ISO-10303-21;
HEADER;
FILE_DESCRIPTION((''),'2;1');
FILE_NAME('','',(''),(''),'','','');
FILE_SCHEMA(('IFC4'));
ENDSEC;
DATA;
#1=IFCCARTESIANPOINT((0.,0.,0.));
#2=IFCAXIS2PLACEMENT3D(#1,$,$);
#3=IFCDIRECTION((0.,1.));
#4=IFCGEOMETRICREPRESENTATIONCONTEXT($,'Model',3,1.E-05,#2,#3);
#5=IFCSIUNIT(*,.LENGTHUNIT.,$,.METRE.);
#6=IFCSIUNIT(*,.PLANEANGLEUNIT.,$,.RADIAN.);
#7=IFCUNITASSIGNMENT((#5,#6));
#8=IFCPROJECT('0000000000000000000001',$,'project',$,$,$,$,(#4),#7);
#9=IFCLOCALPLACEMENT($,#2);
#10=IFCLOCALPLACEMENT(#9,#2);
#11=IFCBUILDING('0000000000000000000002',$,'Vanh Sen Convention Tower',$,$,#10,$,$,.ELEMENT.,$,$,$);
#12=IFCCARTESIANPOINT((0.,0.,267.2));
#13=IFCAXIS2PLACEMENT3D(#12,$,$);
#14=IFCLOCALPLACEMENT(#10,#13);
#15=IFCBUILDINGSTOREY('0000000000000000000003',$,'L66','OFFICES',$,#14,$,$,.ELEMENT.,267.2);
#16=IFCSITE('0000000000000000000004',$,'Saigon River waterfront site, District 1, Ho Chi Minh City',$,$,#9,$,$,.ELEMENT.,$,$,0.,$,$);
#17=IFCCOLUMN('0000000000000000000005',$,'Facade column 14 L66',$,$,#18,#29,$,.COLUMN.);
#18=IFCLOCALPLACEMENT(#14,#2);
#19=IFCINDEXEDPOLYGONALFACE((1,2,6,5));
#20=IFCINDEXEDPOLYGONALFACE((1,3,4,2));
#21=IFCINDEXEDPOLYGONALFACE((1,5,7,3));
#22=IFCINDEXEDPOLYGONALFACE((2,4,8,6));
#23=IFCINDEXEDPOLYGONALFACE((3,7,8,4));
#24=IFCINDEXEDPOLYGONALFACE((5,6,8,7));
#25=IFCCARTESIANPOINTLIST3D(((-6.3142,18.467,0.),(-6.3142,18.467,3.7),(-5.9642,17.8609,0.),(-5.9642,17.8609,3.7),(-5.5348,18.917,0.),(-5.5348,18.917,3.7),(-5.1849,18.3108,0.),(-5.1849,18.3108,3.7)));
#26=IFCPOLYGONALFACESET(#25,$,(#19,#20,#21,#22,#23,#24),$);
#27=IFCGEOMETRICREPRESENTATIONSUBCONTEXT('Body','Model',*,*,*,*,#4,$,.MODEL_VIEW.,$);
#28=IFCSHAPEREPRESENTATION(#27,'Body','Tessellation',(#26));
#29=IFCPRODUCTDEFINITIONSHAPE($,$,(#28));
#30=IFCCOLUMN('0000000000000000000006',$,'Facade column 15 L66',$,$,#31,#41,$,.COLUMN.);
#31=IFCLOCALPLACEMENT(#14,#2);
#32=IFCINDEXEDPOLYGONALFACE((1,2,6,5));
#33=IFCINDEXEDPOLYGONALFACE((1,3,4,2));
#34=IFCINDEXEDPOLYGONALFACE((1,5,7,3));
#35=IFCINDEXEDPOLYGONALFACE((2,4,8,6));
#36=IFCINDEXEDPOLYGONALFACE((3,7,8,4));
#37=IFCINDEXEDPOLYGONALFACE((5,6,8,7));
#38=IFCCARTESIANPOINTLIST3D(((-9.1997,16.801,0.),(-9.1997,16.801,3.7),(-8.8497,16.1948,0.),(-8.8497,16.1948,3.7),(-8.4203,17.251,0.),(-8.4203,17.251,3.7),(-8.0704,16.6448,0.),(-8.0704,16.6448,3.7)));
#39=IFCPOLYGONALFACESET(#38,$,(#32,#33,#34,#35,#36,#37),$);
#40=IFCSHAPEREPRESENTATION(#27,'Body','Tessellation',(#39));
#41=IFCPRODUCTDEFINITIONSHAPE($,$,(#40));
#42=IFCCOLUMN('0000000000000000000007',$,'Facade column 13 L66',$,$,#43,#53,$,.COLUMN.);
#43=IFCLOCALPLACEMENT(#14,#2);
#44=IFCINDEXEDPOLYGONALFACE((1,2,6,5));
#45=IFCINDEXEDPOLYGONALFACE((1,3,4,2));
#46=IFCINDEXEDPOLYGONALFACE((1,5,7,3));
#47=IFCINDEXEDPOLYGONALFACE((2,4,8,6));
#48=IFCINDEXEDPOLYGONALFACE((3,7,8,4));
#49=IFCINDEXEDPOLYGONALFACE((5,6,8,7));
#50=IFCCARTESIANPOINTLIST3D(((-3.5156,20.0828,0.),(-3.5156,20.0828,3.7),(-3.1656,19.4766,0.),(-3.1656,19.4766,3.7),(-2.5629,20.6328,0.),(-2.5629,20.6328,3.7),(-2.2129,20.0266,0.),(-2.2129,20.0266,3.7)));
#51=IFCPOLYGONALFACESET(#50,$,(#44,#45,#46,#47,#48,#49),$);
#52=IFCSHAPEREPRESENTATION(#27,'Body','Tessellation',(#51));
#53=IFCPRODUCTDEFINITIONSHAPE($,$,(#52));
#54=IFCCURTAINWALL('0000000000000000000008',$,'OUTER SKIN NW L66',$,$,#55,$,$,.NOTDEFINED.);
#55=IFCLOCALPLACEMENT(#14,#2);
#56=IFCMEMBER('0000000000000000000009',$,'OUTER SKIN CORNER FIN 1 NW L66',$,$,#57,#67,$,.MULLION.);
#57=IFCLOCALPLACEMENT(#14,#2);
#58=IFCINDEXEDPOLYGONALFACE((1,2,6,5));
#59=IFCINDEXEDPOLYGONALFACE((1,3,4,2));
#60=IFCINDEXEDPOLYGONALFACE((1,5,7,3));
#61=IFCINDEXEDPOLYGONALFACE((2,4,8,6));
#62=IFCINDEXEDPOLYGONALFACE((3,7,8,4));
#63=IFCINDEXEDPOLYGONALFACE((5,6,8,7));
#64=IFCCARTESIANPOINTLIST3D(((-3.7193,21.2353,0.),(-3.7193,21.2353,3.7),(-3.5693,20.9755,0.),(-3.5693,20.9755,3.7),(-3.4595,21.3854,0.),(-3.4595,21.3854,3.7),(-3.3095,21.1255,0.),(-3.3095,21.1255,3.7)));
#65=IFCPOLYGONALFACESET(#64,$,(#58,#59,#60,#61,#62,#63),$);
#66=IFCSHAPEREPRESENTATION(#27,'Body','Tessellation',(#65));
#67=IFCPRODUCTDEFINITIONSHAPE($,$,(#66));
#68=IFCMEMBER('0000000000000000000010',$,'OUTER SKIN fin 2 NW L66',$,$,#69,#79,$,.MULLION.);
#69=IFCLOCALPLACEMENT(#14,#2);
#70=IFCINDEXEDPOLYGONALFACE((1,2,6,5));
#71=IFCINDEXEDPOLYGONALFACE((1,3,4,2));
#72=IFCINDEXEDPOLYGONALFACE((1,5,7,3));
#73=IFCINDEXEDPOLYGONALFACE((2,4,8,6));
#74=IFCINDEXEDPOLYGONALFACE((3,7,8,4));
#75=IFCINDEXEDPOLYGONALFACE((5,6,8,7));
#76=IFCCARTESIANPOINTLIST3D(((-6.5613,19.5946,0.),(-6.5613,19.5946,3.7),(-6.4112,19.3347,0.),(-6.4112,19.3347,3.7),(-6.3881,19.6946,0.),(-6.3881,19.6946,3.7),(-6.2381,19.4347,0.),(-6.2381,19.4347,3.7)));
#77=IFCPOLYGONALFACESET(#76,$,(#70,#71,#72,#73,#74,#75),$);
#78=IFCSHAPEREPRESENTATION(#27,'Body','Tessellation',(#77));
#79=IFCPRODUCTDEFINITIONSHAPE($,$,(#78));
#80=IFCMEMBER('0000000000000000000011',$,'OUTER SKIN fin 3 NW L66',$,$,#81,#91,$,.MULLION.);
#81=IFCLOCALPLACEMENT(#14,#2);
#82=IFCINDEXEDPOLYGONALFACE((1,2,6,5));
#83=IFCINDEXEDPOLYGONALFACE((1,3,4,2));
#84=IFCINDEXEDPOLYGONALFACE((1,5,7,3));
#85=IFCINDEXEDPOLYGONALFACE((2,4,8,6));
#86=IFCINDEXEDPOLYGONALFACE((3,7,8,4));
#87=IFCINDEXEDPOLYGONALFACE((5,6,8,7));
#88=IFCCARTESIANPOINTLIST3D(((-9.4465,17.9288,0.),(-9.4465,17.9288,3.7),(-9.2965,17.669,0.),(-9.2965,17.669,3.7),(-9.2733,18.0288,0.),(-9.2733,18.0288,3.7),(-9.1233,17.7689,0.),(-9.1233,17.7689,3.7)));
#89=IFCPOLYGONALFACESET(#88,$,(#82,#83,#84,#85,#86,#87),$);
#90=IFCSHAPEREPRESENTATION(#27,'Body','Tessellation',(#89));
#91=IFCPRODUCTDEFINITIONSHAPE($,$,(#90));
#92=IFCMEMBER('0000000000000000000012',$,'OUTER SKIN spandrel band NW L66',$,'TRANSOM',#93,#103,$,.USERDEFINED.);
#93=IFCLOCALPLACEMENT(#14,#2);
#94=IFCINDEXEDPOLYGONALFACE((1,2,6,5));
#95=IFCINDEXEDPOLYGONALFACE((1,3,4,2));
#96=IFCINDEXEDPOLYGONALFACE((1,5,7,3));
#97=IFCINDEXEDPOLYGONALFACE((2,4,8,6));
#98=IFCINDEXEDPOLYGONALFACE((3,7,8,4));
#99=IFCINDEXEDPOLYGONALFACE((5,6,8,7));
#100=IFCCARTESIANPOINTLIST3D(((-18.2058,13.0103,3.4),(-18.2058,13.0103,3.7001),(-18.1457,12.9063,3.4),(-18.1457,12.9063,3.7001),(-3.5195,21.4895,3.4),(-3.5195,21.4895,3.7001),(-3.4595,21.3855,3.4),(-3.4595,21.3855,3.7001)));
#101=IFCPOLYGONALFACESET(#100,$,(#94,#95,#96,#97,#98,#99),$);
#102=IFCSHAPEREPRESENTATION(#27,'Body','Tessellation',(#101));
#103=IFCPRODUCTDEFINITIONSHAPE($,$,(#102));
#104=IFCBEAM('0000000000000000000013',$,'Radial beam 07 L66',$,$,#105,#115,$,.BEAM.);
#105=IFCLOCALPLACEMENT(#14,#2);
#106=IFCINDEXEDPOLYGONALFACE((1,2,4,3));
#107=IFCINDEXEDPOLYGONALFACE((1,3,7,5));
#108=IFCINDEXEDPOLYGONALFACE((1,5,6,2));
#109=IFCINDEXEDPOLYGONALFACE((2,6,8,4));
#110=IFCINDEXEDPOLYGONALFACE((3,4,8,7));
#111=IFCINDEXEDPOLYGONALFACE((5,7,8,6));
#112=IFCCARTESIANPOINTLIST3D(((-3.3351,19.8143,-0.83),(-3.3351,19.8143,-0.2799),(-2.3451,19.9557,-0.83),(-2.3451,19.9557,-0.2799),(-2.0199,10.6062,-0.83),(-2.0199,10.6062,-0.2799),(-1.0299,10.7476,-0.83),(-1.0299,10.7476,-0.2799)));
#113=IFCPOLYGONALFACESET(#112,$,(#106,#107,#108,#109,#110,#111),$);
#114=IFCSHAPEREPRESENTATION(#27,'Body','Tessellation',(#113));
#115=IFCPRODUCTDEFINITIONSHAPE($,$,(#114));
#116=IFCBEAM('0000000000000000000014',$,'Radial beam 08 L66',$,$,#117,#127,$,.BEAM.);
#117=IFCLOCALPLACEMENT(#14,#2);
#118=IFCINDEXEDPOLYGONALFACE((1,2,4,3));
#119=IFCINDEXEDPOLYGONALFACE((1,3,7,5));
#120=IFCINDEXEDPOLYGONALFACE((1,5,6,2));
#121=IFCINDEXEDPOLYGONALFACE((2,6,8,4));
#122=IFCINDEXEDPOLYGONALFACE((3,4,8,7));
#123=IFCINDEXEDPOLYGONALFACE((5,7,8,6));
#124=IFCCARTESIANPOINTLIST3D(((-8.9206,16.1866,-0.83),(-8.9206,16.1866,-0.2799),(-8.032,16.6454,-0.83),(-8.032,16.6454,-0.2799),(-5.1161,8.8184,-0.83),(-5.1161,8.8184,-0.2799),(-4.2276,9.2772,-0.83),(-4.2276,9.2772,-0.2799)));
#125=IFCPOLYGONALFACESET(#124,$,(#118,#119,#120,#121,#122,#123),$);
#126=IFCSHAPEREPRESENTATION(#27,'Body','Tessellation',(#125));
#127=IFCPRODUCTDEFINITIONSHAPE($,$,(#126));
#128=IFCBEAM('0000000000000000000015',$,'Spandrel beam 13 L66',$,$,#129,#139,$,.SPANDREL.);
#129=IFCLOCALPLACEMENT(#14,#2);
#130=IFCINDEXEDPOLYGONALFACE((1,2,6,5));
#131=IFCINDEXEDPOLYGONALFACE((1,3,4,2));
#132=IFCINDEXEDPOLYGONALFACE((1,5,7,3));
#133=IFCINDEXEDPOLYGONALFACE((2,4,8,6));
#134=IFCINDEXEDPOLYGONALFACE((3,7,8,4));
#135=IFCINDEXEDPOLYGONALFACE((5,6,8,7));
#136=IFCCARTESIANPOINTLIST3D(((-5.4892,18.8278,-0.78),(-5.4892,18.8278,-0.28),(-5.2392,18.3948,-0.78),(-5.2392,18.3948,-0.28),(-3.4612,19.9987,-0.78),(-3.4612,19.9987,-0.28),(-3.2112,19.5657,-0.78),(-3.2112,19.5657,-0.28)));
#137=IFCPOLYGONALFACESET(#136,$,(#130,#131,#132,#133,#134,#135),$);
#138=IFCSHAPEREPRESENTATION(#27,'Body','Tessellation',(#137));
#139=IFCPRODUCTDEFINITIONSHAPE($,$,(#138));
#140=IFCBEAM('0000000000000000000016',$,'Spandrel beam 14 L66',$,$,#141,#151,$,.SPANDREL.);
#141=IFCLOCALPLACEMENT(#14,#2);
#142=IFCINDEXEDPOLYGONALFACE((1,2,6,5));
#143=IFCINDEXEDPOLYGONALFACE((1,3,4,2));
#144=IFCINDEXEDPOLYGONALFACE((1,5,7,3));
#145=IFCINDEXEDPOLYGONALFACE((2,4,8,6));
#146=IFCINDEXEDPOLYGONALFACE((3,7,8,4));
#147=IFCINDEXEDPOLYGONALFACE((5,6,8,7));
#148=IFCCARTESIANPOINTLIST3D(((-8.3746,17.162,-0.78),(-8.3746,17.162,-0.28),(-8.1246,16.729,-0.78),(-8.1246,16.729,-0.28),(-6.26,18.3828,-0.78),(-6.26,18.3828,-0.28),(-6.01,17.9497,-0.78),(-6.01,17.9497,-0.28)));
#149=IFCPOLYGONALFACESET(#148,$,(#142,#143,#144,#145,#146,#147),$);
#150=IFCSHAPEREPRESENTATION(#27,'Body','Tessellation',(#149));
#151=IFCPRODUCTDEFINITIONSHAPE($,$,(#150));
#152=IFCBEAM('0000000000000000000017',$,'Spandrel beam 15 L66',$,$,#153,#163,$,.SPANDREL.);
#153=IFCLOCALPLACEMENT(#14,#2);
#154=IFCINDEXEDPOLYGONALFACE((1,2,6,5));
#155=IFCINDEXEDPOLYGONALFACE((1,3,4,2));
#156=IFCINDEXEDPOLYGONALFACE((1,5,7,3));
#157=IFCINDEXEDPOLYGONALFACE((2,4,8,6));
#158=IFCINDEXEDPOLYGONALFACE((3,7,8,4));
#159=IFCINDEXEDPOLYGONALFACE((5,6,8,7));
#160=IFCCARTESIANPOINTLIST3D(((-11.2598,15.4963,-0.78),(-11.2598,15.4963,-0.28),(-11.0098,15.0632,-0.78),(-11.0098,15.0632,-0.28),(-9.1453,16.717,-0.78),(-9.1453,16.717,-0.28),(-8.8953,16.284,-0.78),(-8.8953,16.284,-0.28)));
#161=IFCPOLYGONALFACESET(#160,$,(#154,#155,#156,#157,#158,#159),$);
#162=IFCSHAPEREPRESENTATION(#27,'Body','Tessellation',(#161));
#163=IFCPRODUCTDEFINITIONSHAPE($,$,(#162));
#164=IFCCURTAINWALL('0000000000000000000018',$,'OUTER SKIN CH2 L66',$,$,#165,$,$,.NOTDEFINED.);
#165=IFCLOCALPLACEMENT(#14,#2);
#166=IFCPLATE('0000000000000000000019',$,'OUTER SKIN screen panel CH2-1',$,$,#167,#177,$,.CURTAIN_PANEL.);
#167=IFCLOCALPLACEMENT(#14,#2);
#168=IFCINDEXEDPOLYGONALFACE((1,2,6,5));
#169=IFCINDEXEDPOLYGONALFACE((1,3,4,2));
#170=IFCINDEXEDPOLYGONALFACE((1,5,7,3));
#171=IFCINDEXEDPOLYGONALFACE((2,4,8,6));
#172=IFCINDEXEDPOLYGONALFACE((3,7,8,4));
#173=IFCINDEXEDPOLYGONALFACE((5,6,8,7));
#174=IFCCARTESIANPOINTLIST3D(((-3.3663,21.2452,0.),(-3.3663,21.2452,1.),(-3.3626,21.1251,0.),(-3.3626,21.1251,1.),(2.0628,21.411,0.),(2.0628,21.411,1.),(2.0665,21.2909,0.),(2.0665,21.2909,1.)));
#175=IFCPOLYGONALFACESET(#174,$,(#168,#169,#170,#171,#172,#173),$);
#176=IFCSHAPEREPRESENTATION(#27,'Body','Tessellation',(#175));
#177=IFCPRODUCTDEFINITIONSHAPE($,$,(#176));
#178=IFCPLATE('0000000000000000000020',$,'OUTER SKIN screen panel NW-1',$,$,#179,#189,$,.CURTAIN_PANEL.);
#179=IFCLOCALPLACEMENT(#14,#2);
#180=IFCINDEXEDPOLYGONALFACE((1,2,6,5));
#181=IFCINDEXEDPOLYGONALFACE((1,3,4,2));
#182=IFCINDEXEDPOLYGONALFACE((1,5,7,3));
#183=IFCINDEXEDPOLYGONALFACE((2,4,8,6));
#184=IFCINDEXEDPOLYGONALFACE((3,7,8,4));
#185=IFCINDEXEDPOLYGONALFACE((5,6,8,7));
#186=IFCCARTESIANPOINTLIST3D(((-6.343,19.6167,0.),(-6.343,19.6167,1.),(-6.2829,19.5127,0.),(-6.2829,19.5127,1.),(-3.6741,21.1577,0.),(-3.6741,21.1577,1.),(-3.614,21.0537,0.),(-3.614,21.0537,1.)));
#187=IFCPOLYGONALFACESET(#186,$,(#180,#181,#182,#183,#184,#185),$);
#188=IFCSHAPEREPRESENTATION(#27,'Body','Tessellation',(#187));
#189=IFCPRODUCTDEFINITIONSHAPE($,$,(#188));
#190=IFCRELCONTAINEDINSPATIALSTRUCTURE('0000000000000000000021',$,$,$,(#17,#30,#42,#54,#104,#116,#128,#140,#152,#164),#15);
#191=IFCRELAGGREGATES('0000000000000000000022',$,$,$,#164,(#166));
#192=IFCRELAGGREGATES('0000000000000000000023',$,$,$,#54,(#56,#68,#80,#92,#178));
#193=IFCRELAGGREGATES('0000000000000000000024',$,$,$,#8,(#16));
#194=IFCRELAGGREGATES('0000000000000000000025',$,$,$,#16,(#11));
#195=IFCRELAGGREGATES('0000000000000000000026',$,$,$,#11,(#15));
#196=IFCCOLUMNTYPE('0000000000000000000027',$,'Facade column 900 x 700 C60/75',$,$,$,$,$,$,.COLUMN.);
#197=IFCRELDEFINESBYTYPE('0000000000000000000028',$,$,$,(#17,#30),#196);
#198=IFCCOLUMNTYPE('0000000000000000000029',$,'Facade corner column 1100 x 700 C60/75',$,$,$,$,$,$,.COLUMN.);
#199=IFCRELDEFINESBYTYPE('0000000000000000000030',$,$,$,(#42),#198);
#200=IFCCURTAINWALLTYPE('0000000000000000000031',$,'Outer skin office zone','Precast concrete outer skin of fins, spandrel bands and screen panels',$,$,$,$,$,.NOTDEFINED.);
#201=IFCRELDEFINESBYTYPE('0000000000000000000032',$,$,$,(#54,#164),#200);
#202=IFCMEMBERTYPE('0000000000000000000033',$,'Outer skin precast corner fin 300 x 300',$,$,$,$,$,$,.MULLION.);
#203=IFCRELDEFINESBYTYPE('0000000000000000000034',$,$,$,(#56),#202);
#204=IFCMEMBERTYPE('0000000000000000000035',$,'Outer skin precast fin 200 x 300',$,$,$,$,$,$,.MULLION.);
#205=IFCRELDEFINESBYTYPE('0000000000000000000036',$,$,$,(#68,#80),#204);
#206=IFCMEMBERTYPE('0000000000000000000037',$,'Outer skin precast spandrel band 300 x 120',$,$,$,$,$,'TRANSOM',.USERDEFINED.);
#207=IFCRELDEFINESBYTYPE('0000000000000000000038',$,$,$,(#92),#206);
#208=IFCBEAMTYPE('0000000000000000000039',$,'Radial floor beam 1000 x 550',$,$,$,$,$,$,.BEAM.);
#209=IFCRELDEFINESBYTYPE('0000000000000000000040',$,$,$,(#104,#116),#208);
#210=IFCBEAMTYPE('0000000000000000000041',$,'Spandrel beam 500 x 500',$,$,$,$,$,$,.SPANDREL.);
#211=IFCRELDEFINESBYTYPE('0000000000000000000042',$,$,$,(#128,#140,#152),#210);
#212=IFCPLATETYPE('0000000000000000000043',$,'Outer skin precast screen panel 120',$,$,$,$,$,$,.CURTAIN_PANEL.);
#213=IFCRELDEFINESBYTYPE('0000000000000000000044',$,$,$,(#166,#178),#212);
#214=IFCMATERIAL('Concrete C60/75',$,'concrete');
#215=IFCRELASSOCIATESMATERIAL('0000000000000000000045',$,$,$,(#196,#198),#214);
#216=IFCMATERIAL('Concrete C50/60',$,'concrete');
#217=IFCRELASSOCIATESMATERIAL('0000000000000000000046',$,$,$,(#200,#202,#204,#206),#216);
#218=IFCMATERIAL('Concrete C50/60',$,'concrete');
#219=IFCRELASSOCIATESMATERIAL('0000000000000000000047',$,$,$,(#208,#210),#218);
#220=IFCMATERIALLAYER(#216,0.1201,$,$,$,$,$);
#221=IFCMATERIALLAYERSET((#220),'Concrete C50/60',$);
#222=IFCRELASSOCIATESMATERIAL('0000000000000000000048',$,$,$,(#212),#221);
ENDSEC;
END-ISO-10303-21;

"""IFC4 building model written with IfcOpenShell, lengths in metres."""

from ifc_helpers import new_model, si_unit, direction, frame, origin, origin_2d, place, context, subcontext, project, spatial, rectangle, extrude, material, layer, layer_set, material_profile, profile_set, type_object, element, aggregate, save


model = new_model("IFC4")

# Units and contexts
model_context = context("Model", 3, precision=1e-05, world=origin(), true_north=direction((0.0, 1.0)))
body_context = subcontext(model_context, "Body", "Model", "MODEL_VIEW")
ifc_project = project(units=[si_unit("LENGTHUNIT", "METRE"), si_unit("PLANEANGLEUNIT", "RADIAN")], contexts=[model_context])

# Site, building, storey
site_placement = place(None, origin())
site = spatial("IfcSite", under=ifc_project, at=site_placement, Name="Saigon River waterfront site, District 1, Ho Chi Minh City", CompositionType="ELEMENT", RefElevation=0.0)
building_placement = place(site_placement, origin())
building = spatial("IfcBuilding", under=site, at=building_placement, Name="Vanh Sen Convention Tower", CompositionType="ELEMENT")
storey_placement = place(building_placement, frame((0.0, 0.0, 267.2)))
storey = spatial("IfcBuildingStorey", under=building, at=storey_placement, Name="L66", Description="OFFICES", CompositionType="ELEMENT", Elevation=267.2)

# Columns
ifc_material_1 = material(Name="Concrete C60/75", Category="concrete")
ifc_material_profile_1 = material_profile(ifc_material_1, rectangle(XDim=0.8999, YDim=0.7, at=origin_2d()), Name="RC 900X700")
ifc_profile_set_1 = profile_set([ifc_material_profile_1], Name="Concrete C60/75")
column_type_1 = type_object("IfcColumnType", Name="Facade column 900 x 700 C60/75", PredefinedType="COLUMN", material=ifc_profile_set_1)
for number, where, z_axis, x_axis, name in (
    (1, (-5.7495, 18.3889, 0.0), (0.0, 0.0, 1.0), (-0.866025, -0.5, 0.0), "Facade column 14 L66"),
    (2, (-8.635, 16.7229, 0.0), (0.0, 0.0, 1.0), (-0.866025, -0.5, 0.0), "Facade column 15 L66"),
):
    element("IfcColumn", number, at=place(storey_placement, frame(where, z_axis=z_axis, x_axis=x_axis)), inside=storey, type_object=column_type_1, Name=name, PredefinedType="COLUMN", context=body_context, shape_type="SweptSolid", body=[
        extrude(rectangle(XDim=0.8999, YDim=0.7, at=origin_2d()), origin(), (0.0, 0.0, 1.0), 3.7),
    ])
ifc_material_profile_2 = material_profile(ifc_material_1, rectangle(XDim=1.1001, YDim=0.7, at=origin_2d()), Name="RC 1100X700")
ifc_profile_set_2 = profile_set([ifc_material_profile_2], Name="Concrete C60/75")
column_type_2 = type_object("IfcColumnType", Name="Facade corner column 1100 x 700 C60/75", PredefinedType="COLUMN", material=ifc_profile_set_2)
column_placement = place(storey_placement, frame((-2.8643, 20.0547, 0.0), z_axis=(0.0, 0.0, 1.0), x_axis=(-0.866025, -0.5, 0.0)))
element("IfcColumn", 3, at=column_placement, inside=storey, type_object=column_type_2, Name="Facade column 13 L66", PredefinedType="COLUMN", context=body_context, shape_type="SweptSolid", body=[
    extrude(rectangle(XDim=1.1001, YDim=0.7, at=origin_2d()), origin(), (0.0, 0.0, 1.0), 3.7),
])

# Curtain wall, members
ifc_material_2 = material(Name="Concrete C50/60", Category="concrete")
curtain_wall_type = type_object("IfcCurtainWallType", Name="Outer skin office zone", Description="Precast concrete outer skin of fins, spandrel bands and screen panels", PredefinedType="NOTDEFINED", material=ifc_material_2)
curtain_wall_1_placement = place(storey_placement, origin())
curtain_wall_1 = element("IfcCurtainWall", 4, at=curtain_wall_1_placement, inside=storey, type_object=curtain_wall_type, Name="OUTER SKIN NW L66", PredefinedType="NOTDEFINED")
ifc_material_profile_3 = material_profile(ifc_material_2, rectangle(XDim=0.3, YDim=0.3, at=origin_2d()), Name="Outer skin precast corner fin 300 x 300")
ifc_profile_set_3 = profile_set([ifc_material_profile_3], Name="Concrete C50/60")
member_type_1 = type_object("IfcMemberType", Name="Outer skin precast corner fin 300 x 300", PredefinedType="MULLION", material=ifc_profile_set_3)
member_1_placement = place(storey_placement, frame((-3.5144, 21.1804, 0.0), z_axis=(0.0, 0.0, 1.0), x_axis=(-0.866025, -0.5, 0.0)))
member_1 = element("IfcMember", 5, at=member_1_placement, type_object=member_type_1, Name="OUTER SKIN CORNER FIN 1 NW L66", PredefinedType="MULLION", context=body_context, shape_type="SweptSolid", body=[
    extrude(rectangle(XDim=0.3, YDim=0.3, at=origin_2d()), origin(), (0.0, 0.0, 1.0), 3.7),
])
ifc_material_profile_4 = material_profile(ifc_material_2, rectangle(XDim=0.2, YDim=0.3, at=origin_2d()), Name="Outer skin precast fin 200 x 300")
ifc_profile_set_4 = profile_set([ifc_material_profile_4], Name="Concrete C50/60")
member_type_2 = type_object("IfcMemberType", Name="Outer skin precast fin 200 x 300", PredefinedType="MULLION", material=ifc_profile_set_4)
member_2_placement = place(storey_placement, frame((-6.3997, 19.5146, 0.0), z_axis=(0.0, 0.0, 1.0), x_axis=(-0.866025, -0.5, 0.0)))
member_2 = element("IfcMember", 6, at=member_2_placement, type_object=member_type_2, Name="OUTER SKIN fin 2 NW L66", PredefinedType="MULLION", context=body_context, shape_type="SweptSolid", body=[
    extrude(rectangle(XDim=0.2, YDim=0.3, at=origin_2d()), origin(), (0.0, 0.0, 1.0), 3.7),
])
member_3_placement = place(storey_placement, frame((-9.2849, 17.8489, 0.0), z_axis=(0.0, 0.0, 1.0), x_axis=(-0.866025, -0.5, 0.0)))
member_3 = element("IfcMember", 7, at=member_3_placement, type_object=member_type_2, Name="OUTER SKIN fin 3 NW L66", PredefinedType="MULLION", context=body_context, shape_type="SweptSolid", body=[
    extrude(rectangle(XDim=0.2, YDim=0.3, at=origin_2d()), origin(), (0.0, 0.0, 1.0), 3.7),
])
ifc_material_profile_5 = material_profile(ifc_material_2, rectangle(XDim=0.1201, YDim=0.3, at=origin_2d()), Name="Outer skin precast spandrel band 300 x 120")
ifc_profile_set_5 = profile_set([ifc_material_profile_5], Name="Concrete C50/60")
member_type_3 = type_object("IfcMemberType", Name="Outer skin precast spandrel band 300 x 120", ElementType="TRANSOM", PredefinedType="USERDEFINED", material=ifc_profile_set_5)
member_4_placement = place(storey_placement, frame((-3.4895, 21.4375, 3.55), z_axis=(-0.866022, -0.500005, 0.0), x_axis=(0.500005, -0.866022, 0.0)))
member_4 = element("IfcMember", 8, at=member_4_placement, type_object=member_type_3, Name="OUTER SKIN spandrel band NW L66", ObjectType="TRANSOM", PredefinedType="USERDEFINED", context=body_context, shape_type="SweptSolid", body=[
    extrude(rectangle(XDim=0.1201, YDim=0.3, at=origin_2d()), origin(), (0.0, 0.0, 1.0), 16.9583),
])

# Beams
ifc_material_3 = material(Name="Concrete C50/60", Category="concrete")
ifc_material_profile_6 = material_profile(ifc_material_3, rectangle(XDim=1.0, YDim=0.55, at=origin_2d()), Name="RC 1000X550")
ifc_profile_set_6 = profile_set([ifc_material_profile_6], Name="Concrete C50/60")
beam_type_1 = type_object("IfcBeamType", Name="Radial floor beam 1000 x 550", PredefinedType="BEAM", material=ifc_profile_set_6)
beam_1_placement = place(storey_placement, frame((-2.8401, 19.885, -0.5549), z_axis=(0.141396, -0.989953, 0.0), x_axis=(0.989953, 0.141396, 0.0)))
element("IfcBeam", 9, at=beam_1_placement, inside=storey, type_object=beam_type_1, Name="Radial beam 07 L66", PredefinedType="BEAM", context=body_context, shape_type="SweptSolid", body=[
    extrude(rectangle(XDim=1.0, YDim=0.55, at=origin_2d()), origin(), (0.0, 0.0, 1.0), 9.3015),
])
beam_2_placement = place(storey_placement, frame((-8.4763, 16.416, -0.5549), z_axis=(0.458788, -0.888546, 0.0), x_axis=(0.888546, 0.458788, 0.0)))
element("IfcBeam", 10, at=beam_2_placement, inside=storey, type_object=beam_type_1, Name="Radial beam 08 L66", PredefinedType="BEAM", context=body_context, shape_type="SweptSolid", body=[
    extrude(rectangle(XDim=1.0, YDim=0.55, at=origin_2d()), origin(), (0.0, 0.0, 1.0), 8.2925),
])
ifc_material_profile_7 = material_profile(ifc_material_3, rectangle(XDim=0.5, YDim=0.5, at=origin_2d()), Name="RC 500X500")
ifc_profile_set_7 = profile_set([ifc_material_profile_7], Name="Concrete C50/60")
beam_type_2 = type_object("IfcBeamType", Name="Spandrel beam 500 x 500", PredefinedType="SPANDREL", material=ifc_profile_set_7)
beam_3_placement = place(storey_placement, frame((-3.3362, 19.7822, -0.53), z_axis=(-0.866028, -0.499996, 0.0), x_axis=(0.499996, -0.866028, 0.0)))
element("IfcBeam", 11, at=beam_3_placement, inside=storey, type_object=beam_type_2, Name="Spandrel beam 13 L66", PredefinedType="SPANDREL", context=body_context, shape_type="SweptSolid", body=[
    extrude(rectangle(XDim=0.5, YDim=0.5, at=origin_2d()), origin(), (0.0, 0.0, 1.0), 2.3418),
])
for number, where, z_axis, x_axis, name in (
    (12, (-6.135, 18.1663, -0.53), (-0.866044, -0.499968, 0.0), (0.499968, -0.866044, 0.0), "Spandrel beam 14 L66"),
    (13, (-9.0203, 16.5005, -0.53), (-0.866044, -0.499968, 0.0), (0.499968, -0.866044, 0.0), "Spandrel beam 15 L66"),
):
    element("IfcBeam", number, at=place(storey_placement, frame(where, z_axis=z_axis, x_axis=x_axis)), inside=storey, type_object=beam_type_2, Name=name, PredefinedType="SPANDREL", context=body_context, shape_type="SweptSolid", body=[
        extrude(rectangle(XDim=0.5, YDim=0.5, at=origin_2d()), origin(), (0.0, 0.0, 1.0), 2.4417),
    ])

# Curtain wall, plate
curtain_wall_2_placement = place(storey_placement, origin())
curtain_wall_2 = element("IfcCurtainWall", 14, at=curtain_wall_2_placement, inside=storey, type_object=curtain_wall_type, Name="OUTER SKIN CH2 L66", PredefinedType="NOTDEFINED")
ifc_layer_1 = layer(ifc_material_2, 0.1201)
ifc_layer_set_1 = layer_set([ifc_layer_1], Name="Concrete C50/60")
plate_type = type_object("IfcPlateType", Name="Outer skin precast screen panel 120", PredefinedType="CURTAIN_PANEL", material=ifc_layer_set_1)
plate_1_placement = place(storey_placement, frame((-0.6499, 21.2681, 0.0), z_axis=(0.0, 0.0, 1.0), x_axis=(-0.999534, -0.030528, 0.0)))
plate_1 = element("IfcPlate", 15, at=plate_1_placement, type_object=plate_type, Name="OUTER SKIN screen panel CH2-1", PredefinedType="CURTAIN_PANEL", context=body_context, shape_type="SweptSolid", body=[
    extrude(rectangle(XDim=5.4316, YDim=0.1201, at=origin_2d()), origin(), (0.0, 0.0, 1.0), 1.0),
])
aggregate(curtain_wall_2, [plate_1])

# Plate
plate_2_placement = place(storey_placement, frame((-4.9785, 20.3352, 0.0), z_axis=(0.0, 0.0, 1.0), x_axis=(-0.866016, -0.500017, 0.0)))
plate_2 = element("IfcPlate", 16, at=plate_2_placement, type_object=plate_type, Name="OUTER SKIN screen panel NW-1", PredefinedType="CURTAIN_PANEL", context=body_context, shape_type="SweptSolid", body=[
    extrude(rectangle(XDim=3.0818, YDim=0.1201, at=origin_2d()), origin(), (0.0, 0.0, 1.0), 1.0),
])
aggregate(curtain_wall_1, [member_1, member_2, member_3, member_4, plate_2])

save(model, "model.ifc")
